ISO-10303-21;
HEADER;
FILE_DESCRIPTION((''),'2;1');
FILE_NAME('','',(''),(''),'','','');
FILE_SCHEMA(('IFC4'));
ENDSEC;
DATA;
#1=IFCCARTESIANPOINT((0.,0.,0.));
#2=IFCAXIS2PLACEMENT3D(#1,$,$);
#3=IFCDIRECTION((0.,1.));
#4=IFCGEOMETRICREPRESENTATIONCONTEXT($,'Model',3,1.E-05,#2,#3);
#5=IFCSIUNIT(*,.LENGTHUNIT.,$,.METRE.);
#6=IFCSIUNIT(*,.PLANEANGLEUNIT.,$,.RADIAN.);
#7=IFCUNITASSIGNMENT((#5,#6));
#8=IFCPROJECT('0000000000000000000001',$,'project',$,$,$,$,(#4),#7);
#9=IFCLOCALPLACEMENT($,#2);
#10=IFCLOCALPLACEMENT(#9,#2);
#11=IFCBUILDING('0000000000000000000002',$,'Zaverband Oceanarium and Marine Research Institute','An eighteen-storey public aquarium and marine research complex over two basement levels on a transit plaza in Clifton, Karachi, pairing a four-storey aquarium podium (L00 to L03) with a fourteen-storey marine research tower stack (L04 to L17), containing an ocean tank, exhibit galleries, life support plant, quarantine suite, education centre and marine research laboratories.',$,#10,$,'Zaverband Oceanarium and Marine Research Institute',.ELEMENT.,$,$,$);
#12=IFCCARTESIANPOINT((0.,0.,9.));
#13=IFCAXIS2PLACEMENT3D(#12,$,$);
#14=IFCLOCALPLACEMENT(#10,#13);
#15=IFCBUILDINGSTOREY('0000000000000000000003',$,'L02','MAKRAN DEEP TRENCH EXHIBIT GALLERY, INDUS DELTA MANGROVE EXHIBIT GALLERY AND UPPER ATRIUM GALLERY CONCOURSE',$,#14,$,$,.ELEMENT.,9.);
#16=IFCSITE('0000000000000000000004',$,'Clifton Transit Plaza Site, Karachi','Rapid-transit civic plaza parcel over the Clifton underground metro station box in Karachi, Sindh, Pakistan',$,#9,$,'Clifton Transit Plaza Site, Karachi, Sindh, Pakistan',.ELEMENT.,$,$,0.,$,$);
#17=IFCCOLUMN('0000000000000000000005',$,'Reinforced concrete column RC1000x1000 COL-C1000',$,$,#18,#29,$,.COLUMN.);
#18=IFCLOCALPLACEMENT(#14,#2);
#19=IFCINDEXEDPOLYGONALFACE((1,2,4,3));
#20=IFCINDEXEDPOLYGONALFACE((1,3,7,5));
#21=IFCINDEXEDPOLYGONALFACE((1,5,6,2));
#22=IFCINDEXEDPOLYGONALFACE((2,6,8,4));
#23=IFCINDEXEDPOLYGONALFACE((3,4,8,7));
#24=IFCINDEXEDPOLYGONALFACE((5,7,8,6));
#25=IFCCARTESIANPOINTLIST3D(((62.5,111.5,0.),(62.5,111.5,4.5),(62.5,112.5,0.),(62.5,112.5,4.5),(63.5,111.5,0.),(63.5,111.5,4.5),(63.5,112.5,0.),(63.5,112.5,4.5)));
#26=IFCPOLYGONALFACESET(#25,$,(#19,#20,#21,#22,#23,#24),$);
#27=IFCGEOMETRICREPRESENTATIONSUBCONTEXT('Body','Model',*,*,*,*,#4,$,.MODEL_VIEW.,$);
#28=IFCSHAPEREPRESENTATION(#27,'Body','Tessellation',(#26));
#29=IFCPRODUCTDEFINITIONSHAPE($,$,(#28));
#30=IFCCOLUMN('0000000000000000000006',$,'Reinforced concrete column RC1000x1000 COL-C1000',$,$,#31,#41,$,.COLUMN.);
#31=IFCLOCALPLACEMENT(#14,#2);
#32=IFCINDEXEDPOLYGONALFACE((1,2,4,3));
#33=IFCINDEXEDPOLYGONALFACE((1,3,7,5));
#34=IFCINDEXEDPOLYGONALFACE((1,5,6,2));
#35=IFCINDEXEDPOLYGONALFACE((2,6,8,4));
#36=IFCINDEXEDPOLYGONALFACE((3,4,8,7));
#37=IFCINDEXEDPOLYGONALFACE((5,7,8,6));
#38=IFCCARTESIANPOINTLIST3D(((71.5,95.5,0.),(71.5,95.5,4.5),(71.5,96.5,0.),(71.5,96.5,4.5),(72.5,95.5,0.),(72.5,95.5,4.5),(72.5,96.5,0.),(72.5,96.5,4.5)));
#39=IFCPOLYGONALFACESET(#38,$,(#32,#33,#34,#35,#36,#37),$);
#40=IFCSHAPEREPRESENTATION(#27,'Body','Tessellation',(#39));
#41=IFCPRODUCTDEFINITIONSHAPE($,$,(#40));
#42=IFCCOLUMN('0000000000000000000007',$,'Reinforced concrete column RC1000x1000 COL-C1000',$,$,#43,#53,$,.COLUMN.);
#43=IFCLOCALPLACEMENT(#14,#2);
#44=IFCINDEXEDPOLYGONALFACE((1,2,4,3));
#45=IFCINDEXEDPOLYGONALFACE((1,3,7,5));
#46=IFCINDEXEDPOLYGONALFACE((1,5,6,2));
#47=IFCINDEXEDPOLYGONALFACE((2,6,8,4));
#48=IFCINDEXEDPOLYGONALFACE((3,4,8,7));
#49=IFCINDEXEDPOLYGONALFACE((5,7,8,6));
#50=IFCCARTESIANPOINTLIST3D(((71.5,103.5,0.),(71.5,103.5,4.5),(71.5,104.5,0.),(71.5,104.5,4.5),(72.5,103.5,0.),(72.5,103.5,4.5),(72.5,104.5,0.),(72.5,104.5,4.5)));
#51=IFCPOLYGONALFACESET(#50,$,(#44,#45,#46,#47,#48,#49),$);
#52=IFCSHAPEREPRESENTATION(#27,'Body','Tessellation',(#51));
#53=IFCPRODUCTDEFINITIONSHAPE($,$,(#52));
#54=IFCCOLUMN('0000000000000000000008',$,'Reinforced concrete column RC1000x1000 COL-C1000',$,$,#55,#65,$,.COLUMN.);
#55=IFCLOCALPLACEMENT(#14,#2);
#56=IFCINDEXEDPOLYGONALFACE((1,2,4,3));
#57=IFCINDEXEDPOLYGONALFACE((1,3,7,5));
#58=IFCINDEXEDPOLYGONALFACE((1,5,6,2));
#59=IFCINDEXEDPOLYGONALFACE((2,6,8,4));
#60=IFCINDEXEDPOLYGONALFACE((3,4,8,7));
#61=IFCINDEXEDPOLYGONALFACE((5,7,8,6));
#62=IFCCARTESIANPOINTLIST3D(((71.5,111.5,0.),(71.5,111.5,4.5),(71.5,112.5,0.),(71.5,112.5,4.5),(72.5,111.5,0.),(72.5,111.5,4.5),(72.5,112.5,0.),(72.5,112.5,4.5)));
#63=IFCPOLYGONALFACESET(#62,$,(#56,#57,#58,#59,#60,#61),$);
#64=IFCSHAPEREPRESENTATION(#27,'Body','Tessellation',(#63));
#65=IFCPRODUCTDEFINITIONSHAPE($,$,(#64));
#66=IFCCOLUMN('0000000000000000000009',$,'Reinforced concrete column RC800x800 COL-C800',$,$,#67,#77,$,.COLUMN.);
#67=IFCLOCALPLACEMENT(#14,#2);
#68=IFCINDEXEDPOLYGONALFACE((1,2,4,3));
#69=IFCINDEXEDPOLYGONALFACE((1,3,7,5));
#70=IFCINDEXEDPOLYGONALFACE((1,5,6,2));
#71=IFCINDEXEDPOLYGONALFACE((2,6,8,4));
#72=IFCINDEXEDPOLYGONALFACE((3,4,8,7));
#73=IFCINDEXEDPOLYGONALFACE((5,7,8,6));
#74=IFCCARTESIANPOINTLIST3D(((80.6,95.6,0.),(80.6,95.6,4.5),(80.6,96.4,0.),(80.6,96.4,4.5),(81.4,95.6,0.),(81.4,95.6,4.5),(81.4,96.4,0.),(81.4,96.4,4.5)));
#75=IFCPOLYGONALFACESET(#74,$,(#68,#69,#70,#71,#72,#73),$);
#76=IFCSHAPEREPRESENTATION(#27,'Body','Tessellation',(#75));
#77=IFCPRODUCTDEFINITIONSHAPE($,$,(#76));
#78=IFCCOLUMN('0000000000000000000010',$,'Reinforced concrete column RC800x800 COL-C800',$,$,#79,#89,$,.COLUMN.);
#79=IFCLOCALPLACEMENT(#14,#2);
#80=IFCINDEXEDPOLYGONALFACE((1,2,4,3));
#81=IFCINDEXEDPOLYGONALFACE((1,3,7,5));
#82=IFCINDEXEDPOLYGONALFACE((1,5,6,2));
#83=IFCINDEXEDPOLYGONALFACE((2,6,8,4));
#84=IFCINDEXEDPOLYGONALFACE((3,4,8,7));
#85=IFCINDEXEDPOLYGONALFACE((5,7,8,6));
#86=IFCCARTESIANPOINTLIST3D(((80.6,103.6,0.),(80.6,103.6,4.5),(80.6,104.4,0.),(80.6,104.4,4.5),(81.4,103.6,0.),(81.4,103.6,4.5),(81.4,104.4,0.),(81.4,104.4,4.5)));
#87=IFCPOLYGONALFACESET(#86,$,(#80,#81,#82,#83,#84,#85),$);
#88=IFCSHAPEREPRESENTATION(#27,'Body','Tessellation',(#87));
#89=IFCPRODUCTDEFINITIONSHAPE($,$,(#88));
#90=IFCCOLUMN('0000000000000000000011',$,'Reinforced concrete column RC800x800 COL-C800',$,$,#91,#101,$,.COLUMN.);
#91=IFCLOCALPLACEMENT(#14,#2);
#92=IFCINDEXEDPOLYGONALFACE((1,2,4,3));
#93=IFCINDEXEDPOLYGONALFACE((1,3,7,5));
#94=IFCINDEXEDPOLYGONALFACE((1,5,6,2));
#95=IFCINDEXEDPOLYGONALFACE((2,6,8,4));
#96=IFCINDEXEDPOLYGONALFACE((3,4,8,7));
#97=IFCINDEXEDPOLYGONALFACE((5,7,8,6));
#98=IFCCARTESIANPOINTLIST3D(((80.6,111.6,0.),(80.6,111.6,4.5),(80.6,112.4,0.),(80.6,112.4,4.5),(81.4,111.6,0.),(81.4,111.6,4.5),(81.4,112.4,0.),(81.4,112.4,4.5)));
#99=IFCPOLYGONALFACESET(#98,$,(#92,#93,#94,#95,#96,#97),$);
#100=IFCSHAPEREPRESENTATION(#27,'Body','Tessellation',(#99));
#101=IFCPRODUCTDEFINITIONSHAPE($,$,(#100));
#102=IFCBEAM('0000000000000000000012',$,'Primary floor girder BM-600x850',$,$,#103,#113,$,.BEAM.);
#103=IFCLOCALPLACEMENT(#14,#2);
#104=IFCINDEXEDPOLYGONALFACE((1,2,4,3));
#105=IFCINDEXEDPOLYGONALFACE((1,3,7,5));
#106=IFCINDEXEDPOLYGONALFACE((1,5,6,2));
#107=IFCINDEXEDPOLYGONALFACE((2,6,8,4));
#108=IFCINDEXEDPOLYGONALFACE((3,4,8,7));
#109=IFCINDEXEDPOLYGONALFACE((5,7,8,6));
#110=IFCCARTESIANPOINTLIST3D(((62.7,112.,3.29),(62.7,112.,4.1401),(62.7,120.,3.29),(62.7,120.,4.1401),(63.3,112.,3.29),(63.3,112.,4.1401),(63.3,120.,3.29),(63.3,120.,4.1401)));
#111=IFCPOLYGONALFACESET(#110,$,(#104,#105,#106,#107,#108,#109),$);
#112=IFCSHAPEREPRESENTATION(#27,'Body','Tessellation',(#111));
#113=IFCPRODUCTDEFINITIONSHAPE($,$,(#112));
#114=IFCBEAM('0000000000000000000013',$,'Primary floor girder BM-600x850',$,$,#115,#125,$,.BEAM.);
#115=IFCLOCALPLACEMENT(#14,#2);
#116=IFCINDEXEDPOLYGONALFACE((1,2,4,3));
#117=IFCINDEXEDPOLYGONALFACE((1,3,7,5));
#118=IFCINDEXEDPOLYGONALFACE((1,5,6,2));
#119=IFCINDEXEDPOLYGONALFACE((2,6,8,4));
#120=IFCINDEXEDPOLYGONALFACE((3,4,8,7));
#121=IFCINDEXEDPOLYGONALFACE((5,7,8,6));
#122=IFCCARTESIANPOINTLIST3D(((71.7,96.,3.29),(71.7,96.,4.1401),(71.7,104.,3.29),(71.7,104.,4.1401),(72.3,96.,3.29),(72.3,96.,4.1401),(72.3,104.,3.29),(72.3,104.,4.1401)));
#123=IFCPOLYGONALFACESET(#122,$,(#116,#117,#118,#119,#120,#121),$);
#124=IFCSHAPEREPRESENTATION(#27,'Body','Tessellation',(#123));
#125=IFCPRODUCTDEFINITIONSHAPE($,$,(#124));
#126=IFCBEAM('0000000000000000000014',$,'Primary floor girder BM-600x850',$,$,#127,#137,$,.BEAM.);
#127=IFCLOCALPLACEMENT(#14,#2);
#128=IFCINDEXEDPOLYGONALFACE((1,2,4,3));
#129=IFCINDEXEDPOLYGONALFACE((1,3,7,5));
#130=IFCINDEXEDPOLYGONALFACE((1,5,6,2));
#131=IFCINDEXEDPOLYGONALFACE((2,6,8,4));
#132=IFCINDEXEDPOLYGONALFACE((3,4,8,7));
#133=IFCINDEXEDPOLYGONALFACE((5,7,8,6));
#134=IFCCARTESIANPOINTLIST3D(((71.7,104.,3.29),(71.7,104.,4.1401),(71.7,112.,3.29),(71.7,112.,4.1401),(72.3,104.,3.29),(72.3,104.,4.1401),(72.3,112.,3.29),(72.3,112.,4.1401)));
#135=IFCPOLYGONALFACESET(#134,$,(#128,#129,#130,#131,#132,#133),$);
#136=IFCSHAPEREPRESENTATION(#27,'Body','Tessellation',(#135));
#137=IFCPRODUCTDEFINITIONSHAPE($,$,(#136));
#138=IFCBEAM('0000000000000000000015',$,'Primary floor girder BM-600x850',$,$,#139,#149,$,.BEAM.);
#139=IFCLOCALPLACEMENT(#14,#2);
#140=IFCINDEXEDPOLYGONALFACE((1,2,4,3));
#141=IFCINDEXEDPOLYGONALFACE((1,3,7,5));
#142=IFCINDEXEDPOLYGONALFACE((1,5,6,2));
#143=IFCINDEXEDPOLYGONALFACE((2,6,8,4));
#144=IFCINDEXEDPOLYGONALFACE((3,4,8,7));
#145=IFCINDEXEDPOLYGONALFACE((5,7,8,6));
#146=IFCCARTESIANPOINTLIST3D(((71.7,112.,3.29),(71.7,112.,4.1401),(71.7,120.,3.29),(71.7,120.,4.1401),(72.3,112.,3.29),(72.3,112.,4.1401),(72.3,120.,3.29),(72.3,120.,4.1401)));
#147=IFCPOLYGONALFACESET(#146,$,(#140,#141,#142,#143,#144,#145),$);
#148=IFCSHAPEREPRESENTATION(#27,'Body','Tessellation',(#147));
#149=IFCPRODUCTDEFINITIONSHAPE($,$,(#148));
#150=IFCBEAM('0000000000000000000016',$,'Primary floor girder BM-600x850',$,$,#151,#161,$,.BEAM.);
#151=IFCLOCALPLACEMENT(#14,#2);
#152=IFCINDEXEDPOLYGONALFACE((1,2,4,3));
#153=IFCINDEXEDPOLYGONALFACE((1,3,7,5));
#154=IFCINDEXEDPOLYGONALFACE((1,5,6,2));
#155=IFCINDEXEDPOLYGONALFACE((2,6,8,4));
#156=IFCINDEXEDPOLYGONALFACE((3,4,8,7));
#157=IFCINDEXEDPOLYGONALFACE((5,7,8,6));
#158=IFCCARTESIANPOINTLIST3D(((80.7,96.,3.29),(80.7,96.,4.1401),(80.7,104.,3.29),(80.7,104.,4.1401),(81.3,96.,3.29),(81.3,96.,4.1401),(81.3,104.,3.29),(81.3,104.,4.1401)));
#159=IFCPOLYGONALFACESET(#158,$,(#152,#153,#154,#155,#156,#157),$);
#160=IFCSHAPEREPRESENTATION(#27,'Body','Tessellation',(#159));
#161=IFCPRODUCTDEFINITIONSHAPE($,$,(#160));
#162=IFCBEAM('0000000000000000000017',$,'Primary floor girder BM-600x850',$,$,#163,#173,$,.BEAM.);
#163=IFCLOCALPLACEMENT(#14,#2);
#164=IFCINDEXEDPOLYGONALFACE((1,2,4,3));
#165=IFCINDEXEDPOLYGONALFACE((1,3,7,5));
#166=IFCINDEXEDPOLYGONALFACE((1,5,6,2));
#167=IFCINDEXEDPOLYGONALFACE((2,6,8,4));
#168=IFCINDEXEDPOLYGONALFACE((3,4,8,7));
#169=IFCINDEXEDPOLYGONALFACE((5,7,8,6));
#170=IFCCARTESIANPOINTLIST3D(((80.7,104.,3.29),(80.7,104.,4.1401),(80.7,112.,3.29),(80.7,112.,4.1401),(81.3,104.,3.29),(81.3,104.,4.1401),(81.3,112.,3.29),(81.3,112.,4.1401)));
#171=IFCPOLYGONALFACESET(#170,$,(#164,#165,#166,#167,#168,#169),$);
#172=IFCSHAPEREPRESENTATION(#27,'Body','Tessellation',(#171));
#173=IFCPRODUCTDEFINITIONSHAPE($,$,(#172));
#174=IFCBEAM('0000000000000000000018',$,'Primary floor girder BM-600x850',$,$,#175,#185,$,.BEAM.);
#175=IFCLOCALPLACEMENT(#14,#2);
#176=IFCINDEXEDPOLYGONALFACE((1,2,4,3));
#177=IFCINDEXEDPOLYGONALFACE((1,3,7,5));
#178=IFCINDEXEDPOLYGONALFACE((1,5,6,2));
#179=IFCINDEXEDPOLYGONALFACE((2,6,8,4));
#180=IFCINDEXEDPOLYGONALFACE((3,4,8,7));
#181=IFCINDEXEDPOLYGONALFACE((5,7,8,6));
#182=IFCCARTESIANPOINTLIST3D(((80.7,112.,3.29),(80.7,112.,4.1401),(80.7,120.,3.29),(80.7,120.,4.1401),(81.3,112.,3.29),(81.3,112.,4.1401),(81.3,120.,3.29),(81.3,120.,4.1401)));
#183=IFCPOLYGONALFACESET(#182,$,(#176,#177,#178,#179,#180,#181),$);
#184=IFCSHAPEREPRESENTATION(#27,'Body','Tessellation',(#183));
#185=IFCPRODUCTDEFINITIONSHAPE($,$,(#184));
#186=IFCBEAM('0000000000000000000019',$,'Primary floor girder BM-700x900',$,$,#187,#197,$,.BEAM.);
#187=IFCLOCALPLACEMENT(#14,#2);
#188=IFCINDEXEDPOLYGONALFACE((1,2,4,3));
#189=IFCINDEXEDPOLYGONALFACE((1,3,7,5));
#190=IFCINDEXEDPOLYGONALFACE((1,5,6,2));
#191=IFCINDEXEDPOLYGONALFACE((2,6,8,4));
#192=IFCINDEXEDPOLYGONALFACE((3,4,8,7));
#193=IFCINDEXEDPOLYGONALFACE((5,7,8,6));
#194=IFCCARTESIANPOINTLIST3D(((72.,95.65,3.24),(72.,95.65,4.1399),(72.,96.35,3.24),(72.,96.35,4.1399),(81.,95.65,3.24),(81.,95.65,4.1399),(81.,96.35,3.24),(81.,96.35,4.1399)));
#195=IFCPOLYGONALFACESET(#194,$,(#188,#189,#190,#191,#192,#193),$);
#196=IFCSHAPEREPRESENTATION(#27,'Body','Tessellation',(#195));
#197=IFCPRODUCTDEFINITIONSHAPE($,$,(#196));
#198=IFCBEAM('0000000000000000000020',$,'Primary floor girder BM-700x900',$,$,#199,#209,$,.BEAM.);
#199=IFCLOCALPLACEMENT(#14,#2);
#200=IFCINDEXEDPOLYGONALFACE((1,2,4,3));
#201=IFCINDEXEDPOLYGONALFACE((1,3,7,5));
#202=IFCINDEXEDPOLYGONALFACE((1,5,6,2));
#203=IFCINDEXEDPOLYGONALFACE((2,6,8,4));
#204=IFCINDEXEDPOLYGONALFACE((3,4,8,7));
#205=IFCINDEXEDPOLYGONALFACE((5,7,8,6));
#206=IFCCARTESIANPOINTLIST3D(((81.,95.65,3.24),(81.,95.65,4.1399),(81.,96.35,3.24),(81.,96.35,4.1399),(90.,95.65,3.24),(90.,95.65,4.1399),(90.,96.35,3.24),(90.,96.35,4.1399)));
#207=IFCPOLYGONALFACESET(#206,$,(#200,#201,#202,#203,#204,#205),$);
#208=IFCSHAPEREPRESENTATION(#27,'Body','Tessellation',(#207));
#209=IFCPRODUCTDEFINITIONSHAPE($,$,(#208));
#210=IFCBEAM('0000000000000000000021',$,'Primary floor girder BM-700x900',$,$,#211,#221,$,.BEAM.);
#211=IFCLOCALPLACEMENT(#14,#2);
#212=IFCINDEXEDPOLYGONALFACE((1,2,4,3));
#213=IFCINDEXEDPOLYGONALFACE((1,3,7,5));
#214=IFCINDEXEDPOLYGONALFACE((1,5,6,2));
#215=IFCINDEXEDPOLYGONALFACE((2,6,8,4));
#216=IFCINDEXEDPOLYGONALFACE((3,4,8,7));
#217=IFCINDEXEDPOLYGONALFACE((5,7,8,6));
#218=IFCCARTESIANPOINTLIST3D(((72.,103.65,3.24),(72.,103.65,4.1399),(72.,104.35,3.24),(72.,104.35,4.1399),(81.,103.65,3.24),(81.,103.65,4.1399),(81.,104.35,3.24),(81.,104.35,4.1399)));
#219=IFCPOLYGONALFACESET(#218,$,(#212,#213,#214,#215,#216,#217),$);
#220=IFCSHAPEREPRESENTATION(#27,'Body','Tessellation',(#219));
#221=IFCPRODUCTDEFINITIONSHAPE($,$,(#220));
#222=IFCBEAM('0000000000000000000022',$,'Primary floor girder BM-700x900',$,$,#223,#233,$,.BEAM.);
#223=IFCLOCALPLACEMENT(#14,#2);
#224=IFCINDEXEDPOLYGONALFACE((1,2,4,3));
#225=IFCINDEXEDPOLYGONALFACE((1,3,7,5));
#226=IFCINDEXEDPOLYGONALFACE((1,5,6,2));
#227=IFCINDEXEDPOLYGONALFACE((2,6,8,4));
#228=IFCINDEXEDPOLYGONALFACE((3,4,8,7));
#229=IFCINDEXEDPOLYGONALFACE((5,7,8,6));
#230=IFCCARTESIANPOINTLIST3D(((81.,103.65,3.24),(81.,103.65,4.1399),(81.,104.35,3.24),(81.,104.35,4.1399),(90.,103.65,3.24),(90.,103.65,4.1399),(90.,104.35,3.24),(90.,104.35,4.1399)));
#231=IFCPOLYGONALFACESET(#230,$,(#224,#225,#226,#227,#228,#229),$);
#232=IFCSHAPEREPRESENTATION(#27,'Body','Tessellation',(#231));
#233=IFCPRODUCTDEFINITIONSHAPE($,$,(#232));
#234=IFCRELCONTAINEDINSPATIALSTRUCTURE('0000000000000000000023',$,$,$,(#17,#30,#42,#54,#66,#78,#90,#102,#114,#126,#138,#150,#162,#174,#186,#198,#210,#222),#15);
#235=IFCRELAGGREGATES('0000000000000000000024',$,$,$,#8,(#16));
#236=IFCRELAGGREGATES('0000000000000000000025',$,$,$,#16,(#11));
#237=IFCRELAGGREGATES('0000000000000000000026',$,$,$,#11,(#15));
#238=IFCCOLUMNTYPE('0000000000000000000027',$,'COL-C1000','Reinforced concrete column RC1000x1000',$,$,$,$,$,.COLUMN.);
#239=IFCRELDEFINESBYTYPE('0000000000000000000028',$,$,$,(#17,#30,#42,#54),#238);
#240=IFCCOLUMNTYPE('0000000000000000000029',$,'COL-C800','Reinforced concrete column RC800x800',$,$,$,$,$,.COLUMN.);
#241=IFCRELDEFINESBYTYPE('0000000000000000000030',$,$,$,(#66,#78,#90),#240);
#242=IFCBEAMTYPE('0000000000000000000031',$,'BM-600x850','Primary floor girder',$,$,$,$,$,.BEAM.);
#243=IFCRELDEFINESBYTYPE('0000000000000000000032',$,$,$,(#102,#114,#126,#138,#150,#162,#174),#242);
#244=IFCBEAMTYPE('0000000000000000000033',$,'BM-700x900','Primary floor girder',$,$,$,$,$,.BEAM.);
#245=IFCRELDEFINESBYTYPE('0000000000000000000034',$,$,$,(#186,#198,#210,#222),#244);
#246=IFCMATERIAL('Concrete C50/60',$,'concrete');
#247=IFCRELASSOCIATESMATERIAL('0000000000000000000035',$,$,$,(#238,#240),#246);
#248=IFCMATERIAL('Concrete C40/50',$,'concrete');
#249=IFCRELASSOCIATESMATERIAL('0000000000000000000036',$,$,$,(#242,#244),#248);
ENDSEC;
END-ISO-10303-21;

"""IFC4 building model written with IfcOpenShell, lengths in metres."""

from ifc_helpers import new_model, si_unit, direction, frame, origin, origin_2d, place, context, subcontext, project, spatial, rectangle, extrude, material, material_profile, profile_set, type_object, element, save


model = new_model("IFC4")

# Units and contexts
model_context = context("Model", 3, precision=1e-05, world=origin(), true_north=direction((0.0, 1.0)))
body_context = subcontext(model_context, "Body", "Model", "MODEL_VIEW")
ifc_project = project(units=[si_unit("LENGTHUNIT", "METRE"), si_unit("PLANEANGLEUNIT", "RADIAN")], contexts=[model_context])

# Site, building, storey
site_placement = place(None, origin())
site = spatial("IfcSite", under=ifc_project, at=site_placement, Name="Clifton Transit Plaza Site, Karachi", Description="Rapid-transit civic plaza parcel over the Clifton underground metro station box in Karachi, Sindh, Pakistan", LongName="Clifton Transit Plaza Site, Karachi, Sindh, Pakistan", CompositionType="ELEMENT", RefElevation=0.0)
building_placement = place(site_placement, origin())
building = spatial("IfcBuilding", under=site, at=building_placement, Name="Zaverband Oceanarium and Marine Research Institute", Description="An eighteen-storey public aquarium and marine research complex over two basement levels on a transit plaza in Clifton, Karachi, pairing a four-storey aquarium podium (L00 to L03) with a fourteen-storey marine research tower stack (L04 to L17), containing an ocean tank, exhibit galleries, life support plant, quarantine suite, education centre and marine research laboratories.", LongName="Zaverband Oceanarium and Marine Research Institute", CompositionType="ELEMENT")
storey_placement = place(building_placement, frame((0.0, 0.0, 9.0)))
storey = spatial("IfcBuildingStorey", under=building, at=storey_placement, Name="L02", Description="MAKRAN DEEP TRENCH EXHIBIT GALLERY, INDUS DELTA MANGROVE EXHIBIT GALLERY AND UPPER ATRIUM GALLERY CONCOURSE", CompositionType="ELEMENT", Elevation=9.0)

# Columns
ifc_material_1 = material(Name="Concrete C50/60", Category="concrete")
ifc_material_profile_1 = material_profile(ifc_material_1, rectangle(XDim=1.0, YDim=1.0, at=origin_2d()), Name="RC1000x1000")
ifc_profile_set_1 = profile_set([ifc_material_profile_1], Name="Concrete C50/60")
column_type_1 = type_object("IfcColumnType", Name="COL-C1000", Description="Reinforced concrete column RC1000x1000", PredefinedType="COLUMN", material=ifc_profile_set_1)
for number, where, z_axis, x_axis, name in (
    (1, (63.0, 112.0, 0.0), (0.0, 0.0, 1.0), (1.0, 0.0, 0.0), "Reinforced concrete column RC1000x1000 COL-C1000"),
    (2, (72.0, 96.0, 0.0), (0.0, 0.0, 1.0), (1.0, 0.0, 0.0), "Reinforced concrete column RC1000x1000 COL-C1000"),
    (3, (72.0, 104.0, 0.0), (0.0, 0.0, 1.0), (1.0, 0.0, 0.0), "Reinforced concrete column RC1000x1000 COL-C1000"),
    (4, (72.0, 112.0, 0.0), (0.0, 0.0, 1.0), (1.0, 0.0, 0.0), "Reinforced concrete column RC1000x1000 COL-C1000"),
):
    element("IfcColumn", number, at=place(storey_placement, frame(where, z_axis=z_axis, x_axis=x_axis)), inside=storey, type_object=column_type_1, Name=name, PredefinedType="COLUMN", context=body_context, shape_type="SweptSolid", body=[
        extrude(rectangle(XDim=1.0, YDim=1.0, at=origin_2d()), origin(), (0.0, 0.0, 1.0), 4.5),
    ])
ifc_material_profile_2 = material_profile(ifc_material_1, rectangle(XDim=0.8, YDim=0.8, at=origin_2d()), Name="RC800x800")
ifc_profile_set_2 = profile_set([ifc_material_profile_2], Name="Concrete C50/60")
column_type_2 = type_object("IfcColumnType", Name="COL-C800", Description="Reinforced concrete column RC800x800", PredefinedType="COLUMN", material=ifc_profile_set_2)
for number, where, z_axis, x_axis, name in (
    (5, (81.0, 96.0, 0.0), (0.0, 0.0, 1.0), (1.0, 0.0, 0.0), "Reinforced concrete column RC800x800 COL-C800"),
    (6, (81.0, 104.0, 0.0), (0.0, 0.0, 1.0), (1.0, 0.0, 0.0), "Reinforced concrete column RC800x800 COL-C800"),
    (7, (81.0, 112.0, 0.0), (0.0, 0.0, 1.0), (1.0, 0.0, 0.0), "Reinforced concrete column RC800x800 COL-C800"),
):
    element("IfcColumn", number, at=place(storey_placement, frame(where, z_axis=z_axis, x_axis=x_axis)), inside=storey, type_object=column_type_2, Name=name, PredefinedType="COLUMN", context=body_context, shape_type="SweptSolid", body=[
        extrude(rectangle(XDim=0.8, YDim=0.8, at=origin_2d()), origin(), (0.0, 0.0, 1.0), 4.5),
    ])

# Beams
ifc_material_2 = material(Name="Concrete C40/50", Category="concrete")
ifc_material_profile_3 = material_profile(ifc_material_2, rectangle(XDim=0.6001, YDim=0.8501, at=origin_2d()), Name="RC600x850")
ifc_profile_set_3 = profile_set([ifc_material_profile_3], Name="Concrete C40/50")
beam_type_1 = type_object("IfcBeamType", Name="BM-600x850", Description="Primary floor girder", PredefinedType="BEAM", material=ifc_profile_set_3)
for number, where, z_axis, x_axis, name in (
    (8, (63.0, 112.0, 3.7151), (0.0, 1.0, 0.0), (-1.0, 0.0, 0.0), "Primary floor girder BM-600x850"),
    (9, (72.0, 96.0, 3.7151), (0.0, 1.0, 0.0), (-1.0, 0.0, 0.0), "Primary floor girder BM-600x850"),
    (10, (72.0, 104.0, 3.7151), (0.0, 1.0, 0.0), (-1.0, 0.0, 0.0), "Primary floor girder BM-600x850"),
    (11, (72.0, 112.0, 3.7151), (0.0, 1.0, 0.0), (-1.0, 0.0, 0.0), "Primary floor girder BM-600x850"),
    (12, (81.0, 96.0, 3.7151), (0.0, 1.0, 0.0), (-1.0, 0.0, 0.0), "Primary floor girder BM-600x850"),
    (13, (81.0, 104.0, 3.7151), (0.0, 1.0, 0.0), (-1.0, 0.0, 0.0), "Primary floor girder BM-600x850"),
    (14, (81.0, 112.0, 3.7151), (0.0, 1.0, 0.0), (-1.0, 0.0, 0.0), "Primary floor girder BM-600x850"),
):
    element("IfcBeam", number, at=place(storey_placement, frame(where, z_axis=z_axis, x_axis=x_axis)), inside=storey, type_object=beam_type_1, Name=name, PredefinedType="BEAM", context=body_context, shape_type="SweptSolid", body=[
        extrude(rectangle(XDim=0.6001, YDim=0.8501, at=origin_2d()), origin(), (0.0, 0.0, 1.0), 8.0),
    ])
ifc_material_profile_4 = material_profile(ifc_material_2, rectangle(XDim=0.7, YDim=0.8999, at=origin_2d()), Name="RC700x900")
ifc_profile_set_4 = profile_set([ifc_material_profile_4], Name="Concrete C40/50")
beam_type_2 = type_object("IfcBeamType", Name="BM-700x900", Description="Primary floor girder", PredefinedType="BEAM", material=ifc_profile_set_4)
for number, where, z_axis, x_axis, name in (
    (15, (72.0, 96.0, 3.6899), (1.0, 0.0, 0.0), (0.0, 1.0, 0.0), "Primary floor girder BM-700x900"),
    (16, (81.0, 96.0, 3.6899), (1.0, 0.0, 0.0), (0.0, 1.0, 0.0), "Primary floor girder BM-700x900"),
    (17, (72.0, 104.0, 3.6899), (1.0, 0.0, 0.0), (0.0, 1.0, 0.0), "Primary floor girder BM-700x900"),
    (18, (81.0, 104.0, 3.6899), (1.0, 0.0, 0.0), (0.0, 1.0, 0.0), "Primary floor girder BM-700x900"),
):
    element("IfcBeam", number, at=place(storey_placement, frame(where, z_axis=z_axis, x_axis=x_axis)), inside=storey, type_object=beam_type_2, Name=name, PredefinedType="BEAM", context=body_context, shape_type="SweptSolid", body=[
        extrude(rectangle(XDim=0.7, YDim=0.8999, at=origin_2d()), origin(), (0.0, 0.0, 1.0), 9.0),
    ])

save(model, "model.ifc")
